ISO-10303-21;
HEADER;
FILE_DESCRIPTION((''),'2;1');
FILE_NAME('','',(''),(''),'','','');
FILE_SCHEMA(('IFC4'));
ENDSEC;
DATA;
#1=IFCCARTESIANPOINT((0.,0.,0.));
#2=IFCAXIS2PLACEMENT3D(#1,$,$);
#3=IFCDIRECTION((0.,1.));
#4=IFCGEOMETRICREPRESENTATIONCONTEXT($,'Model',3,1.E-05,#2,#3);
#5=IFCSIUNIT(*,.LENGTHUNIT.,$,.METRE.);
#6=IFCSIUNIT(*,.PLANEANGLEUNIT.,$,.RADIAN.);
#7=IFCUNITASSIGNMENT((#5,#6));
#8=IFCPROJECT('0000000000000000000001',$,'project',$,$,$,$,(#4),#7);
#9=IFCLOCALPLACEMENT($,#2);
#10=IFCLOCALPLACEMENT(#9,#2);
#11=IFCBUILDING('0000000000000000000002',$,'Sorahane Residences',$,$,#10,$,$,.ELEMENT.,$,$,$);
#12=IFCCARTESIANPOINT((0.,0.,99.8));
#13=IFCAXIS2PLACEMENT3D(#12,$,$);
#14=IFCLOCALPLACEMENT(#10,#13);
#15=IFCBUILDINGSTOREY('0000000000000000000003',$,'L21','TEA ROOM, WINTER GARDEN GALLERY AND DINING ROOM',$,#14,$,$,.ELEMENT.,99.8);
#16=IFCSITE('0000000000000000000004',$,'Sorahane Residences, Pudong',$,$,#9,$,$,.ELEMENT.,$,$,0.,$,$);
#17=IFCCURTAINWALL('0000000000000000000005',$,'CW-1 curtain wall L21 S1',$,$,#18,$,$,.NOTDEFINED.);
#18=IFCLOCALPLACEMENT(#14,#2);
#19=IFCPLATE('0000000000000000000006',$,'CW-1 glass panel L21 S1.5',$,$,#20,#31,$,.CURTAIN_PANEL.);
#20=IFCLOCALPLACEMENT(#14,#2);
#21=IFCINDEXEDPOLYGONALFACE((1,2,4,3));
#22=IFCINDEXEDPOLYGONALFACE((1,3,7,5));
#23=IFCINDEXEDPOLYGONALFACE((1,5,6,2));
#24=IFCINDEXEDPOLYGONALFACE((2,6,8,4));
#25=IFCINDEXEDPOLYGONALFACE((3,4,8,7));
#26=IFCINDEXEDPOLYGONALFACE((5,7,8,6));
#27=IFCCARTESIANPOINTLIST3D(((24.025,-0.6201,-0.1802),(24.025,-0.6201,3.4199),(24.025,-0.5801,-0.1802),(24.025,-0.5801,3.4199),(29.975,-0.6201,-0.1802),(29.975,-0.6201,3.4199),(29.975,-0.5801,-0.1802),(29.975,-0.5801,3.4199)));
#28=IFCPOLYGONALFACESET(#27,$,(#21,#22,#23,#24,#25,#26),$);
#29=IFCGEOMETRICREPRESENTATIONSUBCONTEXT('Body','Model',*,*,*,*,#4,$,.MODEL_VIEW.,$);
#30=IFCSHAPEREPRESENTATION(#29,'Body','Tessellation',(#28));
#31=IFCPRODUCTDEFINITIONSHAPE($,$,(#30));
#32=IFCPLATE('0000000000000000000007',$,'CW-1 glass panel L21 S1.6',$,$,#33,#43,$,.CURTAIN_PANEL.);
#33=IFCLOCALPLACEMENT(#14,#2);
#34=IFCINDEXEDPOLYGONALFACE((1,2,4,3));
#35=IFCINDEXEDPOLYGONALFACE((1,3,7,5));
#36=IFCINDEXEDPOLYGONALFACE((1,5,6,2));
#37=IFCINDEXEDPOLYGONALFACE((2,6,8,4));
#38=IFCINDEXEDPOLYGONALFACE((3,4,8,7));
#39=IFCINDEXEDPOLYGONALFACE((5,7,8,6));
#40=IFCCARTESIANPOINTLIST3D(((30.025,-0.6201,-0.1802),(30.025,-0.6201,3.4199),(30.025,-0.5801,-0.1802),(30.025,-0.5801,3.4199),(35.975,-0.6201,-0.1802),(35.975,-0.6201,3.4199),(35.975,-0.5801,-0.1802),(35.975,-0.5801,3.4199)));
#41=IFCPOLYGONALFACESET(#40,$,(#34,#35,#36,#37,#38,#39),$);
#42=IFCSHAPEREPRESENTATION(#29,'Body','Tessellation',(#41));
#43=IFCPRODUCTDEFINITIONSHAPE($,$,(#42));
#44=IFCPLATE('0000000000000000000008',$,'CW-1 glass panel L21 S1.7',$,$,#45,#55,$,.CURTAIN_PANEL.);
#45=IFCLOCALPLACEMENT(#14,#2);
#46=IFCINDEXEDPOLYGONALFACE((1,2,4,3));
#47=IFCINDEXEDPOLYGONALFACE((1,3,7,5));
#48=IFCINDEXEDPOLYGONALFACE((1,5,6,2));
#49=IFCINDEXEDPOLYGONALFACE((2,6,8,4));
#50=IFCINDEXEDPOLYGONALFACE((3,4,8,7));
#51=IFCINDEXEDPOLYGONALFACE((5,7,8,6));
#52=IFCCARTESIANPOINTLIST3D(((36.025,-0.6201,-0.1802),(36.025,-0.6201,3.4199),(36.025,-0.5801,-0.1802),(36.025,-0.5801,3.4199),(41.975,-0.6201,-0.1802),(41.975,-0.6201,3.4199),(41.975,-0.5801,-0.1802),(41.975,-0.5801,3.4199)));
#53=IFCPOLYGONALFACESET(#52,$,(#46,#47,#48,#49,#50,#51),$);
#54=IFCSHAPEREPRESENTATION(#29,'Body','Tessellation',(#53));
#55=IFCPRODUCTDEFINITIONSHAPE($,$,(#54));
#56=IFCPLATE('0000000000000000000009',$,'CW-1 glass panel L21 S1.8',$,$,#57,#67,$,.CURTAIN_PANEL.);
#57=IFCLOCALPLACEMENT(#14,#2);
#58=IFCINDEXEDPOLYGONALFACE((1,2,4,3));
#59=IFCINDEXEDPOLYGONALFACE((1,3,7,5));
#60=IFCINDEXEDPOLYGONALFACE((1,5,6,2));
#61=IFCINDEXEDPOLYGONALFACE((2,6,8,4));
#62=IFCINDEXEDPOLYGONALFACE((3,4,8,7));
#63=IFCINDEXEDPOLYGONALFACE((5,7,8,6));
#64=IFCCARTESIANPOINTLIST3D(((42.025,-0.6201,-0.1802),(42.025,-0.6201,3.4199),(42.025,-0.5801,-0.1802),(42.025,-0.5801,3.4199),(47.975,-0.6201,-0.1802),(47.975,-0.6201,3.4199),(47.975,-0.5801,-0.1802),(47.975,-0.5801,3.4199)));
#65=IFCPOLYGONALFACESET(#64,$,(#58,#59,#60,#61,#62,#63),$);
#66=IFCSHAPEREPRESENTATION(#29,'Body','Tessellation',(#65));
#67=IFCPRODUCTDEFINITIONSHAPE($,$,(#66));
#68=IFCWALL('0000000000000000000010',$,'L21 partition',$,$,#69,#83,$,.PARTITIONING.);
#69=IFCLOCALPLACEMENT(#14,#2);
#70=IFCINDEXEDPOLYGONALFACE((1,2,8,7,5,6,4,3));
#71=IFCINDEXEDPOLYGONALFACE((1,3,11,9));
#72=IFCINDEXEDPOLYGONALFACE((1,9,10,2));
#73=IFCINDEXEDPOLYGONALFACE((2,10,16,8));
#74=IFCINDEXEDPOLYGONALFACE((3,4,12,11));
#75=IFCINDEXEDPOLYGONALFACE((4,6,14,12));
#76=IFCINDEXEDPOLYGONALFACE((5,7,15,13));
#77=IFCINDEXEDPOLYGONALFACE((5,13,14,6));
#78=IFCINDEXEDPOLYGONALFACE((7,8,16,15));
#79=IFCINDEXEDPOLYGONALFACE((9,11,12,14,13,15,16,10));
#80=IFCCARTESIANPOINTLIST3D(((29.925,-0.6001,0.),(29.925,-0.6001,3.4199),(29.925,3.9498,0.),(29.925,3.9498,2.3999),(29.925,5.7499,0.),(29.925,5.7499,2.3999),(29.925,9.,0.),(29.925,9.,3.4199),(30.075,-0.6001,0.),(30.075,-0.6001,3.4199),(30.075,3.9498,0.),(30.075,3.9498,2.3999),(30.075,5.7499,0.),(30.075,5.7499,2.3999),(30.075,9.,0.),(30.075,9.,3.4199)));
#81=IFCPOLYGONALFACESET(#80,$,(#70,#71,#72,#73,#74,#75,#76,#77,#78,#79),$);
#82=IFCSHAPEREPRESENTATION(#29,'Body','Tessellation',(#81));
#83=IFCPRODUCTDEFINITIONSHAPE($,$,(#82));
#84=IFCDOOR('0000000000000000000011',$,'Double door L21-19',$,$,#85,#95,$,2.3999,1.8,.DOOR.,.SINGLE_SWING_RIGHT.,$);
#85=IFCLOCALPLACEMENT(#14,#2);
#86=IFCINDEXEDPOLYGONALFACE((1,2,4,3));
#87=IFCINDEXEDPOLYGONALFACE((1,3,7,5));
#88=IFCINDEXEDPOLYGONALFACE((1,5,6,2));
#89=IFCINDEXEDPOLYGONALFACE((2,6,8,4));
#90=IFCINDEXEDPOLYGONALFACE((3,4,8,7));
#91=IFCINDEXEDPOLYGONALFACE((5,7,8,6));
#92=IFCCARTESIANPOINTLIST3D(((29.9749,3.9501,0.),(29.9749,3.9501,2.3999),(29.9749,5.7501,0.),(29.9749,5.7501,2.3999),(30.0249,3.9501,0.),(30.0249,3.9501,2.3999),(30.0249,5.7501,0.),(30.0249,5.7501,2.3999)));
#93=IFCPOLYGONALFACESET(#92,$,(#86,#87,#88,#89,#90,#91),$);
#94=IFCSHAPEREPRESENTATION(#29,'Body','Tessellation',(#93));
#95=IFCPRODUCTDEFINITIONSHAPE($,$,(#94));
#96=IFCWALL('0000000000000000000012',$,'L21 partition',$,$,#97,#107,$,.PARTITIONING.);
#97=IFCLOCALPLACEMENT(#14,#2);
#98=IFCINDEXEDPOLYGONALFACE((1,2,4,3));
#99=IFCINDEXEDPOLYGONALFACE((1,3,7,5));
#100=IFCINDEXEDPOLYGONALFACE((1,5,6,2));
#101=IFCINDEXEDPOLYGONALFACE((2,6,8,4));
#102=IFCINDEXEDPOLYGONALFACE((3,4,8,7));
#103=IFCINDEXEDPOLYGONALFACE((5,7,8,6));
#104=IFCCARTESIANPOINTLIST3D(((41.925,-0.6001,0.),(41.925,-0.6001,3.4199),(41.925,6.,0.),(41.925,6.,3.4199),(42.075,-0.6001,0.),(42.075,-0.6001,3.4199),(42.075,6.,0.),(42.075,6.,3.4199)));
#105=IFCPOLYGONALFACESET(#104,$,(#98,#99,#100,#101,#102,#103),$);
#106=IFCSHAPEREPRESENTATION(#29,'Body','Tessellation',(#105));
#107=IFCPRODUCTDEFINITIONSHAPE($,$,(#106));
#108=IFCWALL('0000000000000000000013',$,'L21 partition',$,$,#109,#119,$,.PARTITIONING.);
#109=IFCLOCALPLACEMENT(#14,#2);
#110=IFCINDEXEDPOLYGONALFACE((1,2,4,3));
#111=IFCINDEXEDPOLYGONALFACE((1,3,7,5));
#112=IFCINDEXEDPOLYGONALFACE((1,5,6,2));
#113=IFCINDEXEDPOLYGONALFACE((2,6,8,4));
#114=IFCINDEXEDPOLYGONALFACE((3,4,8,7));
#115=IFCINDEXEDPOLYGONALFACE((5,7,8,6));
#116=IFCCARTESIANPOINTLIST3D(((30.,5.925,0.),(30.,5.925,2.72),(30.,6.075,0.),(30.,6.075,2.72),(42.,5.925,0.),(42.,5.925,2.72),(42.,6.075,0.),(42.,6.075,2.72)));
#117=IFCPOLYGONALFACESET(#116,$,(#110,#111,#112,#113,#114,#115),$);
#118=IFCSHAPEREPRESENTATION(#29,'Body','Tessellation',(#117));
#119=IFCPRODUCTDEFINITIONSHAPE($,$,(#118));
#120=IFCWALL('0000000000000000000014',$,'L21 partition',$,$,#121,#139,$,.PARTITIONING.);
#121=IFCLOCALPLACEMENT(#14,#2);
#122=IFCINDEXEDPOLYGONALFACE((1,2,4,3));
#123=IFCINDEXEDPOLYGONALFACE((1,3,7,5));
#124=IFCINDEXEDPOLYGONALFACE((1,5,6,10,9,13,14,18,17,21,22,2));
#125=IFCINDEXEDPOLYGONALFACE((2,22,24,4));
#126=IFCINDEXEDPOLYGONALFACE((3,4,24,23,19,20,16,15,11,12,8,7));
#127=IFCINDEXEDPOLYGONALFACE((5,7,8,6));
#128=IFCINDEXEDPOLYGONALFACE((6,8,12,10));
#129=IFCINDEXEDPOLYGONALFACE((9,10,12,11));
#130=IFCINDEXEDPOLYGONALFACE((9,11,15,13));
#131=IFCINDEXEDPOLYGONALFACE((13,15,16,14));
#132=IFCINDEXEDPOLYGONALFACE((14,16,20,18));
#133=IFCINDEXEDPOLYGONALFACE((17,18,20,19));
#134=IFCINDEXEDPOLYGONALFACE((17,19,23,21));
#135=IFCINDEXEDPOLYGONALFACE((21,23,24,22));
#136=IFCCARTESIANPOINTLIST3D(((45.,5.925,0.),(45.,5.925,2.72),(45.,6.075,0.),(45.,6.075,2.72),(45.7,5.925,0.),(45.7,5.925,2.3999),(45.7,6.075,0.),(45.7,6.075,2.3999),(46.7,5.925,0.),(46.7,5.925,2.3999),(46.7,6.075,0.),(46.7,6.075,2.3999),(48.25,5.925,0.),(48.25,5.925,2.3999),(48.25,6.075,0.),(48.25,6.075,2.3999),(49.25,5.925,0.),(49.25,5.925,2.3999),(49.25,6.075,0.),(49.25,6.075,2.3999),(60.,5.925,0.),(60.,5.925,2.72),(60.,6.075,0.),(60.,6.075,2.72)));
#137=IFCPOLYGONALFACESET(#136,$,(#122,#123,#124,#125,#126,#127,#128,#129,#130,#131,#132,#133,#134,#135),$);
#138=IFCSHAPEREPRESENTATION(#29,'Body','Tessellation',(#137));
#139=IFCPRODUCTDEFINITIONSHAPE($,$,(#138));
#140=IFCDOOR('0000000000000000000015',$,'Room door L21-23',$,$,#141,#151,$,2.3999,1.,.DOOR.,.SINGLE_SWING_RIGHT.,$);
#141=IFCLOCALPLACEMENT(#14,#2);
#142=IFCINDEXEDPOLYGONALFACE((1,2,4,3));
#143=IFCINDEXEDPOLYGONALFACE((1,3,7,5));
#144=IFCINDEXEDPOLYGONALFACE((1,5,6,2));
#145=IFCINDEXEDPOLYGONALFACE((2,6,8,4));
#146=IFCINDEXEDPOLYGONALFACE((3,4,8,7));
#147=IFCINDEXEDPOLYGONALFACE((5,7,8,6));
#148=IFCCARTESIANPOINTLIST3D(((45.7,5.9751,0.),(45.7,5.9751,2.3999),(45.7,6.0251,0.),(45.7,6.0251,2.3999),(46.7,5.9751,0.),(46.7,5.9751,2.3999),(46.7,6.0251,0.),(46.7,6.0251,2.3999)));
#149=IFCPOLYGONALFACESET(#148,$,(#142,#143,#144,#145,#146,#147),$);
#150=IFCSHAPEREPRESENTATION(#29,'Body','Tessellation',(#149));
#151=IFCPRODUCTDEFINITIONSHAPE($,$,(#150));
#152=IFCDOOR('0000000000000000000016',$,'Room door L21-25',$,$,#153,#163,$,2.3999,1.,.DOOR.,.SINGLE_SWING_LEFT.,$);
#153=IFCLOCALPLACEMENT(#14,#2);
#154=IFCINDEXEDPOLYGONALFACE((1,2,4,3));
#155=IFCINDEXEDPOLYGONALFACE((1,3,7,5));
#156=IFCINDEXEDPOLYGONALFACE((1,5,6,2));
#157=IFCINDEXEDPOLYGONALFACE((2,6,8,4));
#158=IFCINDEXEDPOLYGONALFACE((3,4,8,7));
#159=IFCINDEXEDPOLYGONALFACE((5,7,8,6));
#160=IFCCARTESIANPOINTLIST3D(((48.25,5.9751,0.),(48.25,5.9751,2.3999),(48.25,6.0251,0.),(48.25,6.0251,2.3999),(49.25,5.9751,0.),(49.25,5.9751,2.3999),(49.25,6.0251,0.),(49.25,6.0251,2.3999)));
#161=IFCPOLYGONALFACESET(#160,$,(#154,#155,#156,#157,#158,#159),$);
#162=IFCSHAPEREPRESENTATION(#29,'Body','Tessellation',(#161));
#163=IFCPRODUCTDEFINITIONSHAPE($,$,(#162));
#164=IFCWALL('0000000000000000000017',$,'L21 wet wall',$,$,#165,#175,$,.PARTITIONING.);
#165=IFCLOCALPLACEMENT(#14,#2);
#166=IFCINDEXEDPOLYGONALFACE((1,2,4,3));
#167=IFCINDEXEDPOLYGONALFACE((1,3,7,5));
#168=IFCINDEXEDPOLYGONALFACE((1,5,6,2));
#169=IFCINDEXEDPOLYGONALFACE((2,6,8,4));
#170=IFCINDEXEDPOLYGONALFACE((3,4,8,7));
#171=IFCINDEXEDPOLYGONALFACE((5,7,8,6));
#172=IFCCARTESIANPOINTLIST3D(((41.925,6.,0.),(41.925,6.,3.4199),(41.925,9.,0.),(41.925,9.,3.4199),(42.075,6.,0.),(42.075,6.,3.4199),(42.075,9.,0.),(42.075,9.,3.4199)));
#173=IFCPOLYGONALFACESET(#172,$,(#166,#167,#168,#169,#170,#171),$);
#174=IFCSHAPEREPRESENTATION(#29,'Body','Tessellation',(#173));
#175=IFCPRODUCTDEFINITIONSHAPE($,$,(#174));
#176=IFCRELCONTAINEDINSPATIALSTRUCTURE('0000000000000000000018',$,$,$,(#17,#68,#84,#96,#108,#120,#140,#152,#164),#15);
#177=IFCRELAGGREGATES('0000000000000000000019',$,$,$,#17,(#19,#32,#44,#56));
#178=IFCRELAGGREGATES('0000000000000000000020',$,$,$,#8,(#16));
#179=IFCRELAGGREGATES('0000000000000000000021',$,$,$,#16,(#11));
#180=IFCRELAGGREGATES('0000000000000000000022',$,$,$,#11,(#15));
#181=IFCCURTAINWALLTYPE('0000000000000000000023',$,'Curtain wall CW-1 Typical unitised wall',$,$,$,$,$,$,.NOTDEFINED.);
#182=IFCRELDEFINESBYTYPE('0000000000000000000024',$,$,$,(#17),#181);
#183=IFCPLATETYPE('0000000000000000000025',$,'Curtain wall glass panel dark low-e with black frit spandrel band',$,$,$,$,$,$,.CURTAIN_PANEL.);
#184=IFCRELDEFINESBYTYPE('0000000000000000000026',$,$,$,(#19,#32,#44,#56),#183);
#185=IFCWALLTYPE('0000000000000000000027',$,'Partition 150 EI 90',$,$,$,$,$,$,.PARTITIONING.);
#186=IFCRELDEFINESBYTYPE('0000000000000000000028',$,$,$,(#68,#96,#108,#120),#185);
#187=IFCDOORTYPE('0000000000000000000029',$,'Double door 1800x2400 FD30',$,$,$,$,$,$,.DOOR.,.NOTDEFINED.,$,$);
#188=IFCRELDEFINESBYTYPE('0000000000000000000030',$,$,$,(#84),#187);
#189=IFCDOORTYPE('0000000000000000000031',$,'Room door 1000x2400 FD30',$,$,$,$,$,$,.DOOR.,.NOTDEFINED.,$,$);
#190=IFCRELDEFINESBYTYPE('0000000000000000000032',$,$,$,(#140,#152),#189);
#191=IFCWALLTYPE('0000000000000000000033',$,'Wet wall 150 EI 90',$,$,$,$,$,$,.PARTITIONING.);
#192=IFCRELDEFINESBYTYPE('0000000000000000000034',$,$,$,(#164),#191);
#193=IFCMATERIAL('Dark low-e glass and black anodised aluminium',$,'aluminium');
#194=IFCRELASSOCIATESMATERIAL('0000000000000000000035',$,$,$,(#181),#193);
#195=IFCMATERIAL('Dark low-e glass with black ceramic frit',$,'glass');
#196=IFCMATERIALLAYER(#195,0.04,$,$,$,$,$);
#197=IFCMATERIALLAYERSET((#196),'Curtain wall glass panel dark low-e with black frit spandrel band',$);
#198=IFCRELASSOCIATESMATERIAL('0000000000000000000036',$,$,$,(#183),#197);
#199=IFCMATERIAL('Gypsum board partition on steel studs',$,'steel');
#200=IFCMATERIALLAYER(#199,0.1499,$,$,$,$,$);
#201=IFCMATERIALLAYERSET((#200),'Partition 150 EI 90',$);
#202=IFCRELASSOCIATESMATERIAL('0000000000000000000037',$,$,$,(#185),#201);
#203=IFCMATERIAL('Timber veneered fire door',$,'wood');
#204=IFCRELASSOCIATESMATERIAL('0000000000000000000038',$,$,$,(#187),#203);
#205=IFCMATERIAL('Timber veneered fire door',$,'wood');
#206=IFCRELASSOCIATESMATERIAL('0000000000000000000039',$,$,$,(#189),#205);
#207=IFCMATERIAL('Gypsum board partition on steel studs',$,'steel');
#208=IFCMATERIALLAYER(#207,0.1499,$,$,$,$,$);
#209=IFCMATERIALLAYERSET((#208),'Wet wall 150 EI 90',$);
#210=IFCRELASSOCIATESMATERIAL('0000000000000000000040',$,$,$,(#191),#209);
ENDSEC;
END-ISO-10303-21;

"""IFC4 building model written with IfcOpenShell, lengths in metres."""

from ifc_helpers import new_model, si_unit, direction, frame, frame_2d, origin, origin_2d, place, context, subcontext, project, spatial, rectangle, extrude, material, layer, layer_set, type_object, element, fill, aggregate, save


model = new_model("IFC4")

# Units and contexts
model_context = context("Model", 3, precision=1e-05, world=origin(), true_north=direction((0.0, 1.0)))
body_context = subcontext(model_context, "Body", "Model", "MODEL_VIEW")
ifc_project = project(units=[si_unit("LENGTHUNIT", "METRE"), si_unit("PLANEANGLEUNIT", "RADIAN")], contexts=[model_context])

# Site, building, storey
site_placement = place(None, origin())
site = spatial("IfcSite", under=ifc_project, at=site_placement, Name="Sorahane Residences, Pudong", CompositionType="ELEMENT", RefElevation=0.0)
building_placement = place(site_placement, origin())
building = spatial("IfcBuilding", under=site, at=building_placement, Name="Sorahane Residences", CompositionType="ELEMENT")
storey_placement = place(building_placement, frame((0.0, 0.0, 99.8)))
storey = spatial("IfcBuildingStorey", under=building, at=storey_placement, Name="L21", Description="TEA ROOM, WINTER GARDEN GALLERY AND DINING ROOM", CompositionType="ELEMENT", Elevation=99.8)

# Curtain wall
ifc_material_1 = material(Name="Dark low-e glass and black anodised aluminium", Category="aluminium")
curtain_wall_type = type_object("IfcCurtainWallType", Name="Curtain wall CW-1 Typical unitised wall", PredefinedType="NOTDEFINED", material=ifc_material_1)
curtain_wall_placement = place(storey_placement, origin())
curtain_wall = element("IfcCurtainWall", 1, at=curtain_wall_placement, inside=storey, type_object=curtain_wall_type, Name="CW-1 curtain wall L21 S1", PredefinedType="NOTDEFINED")

# Plates
ifc_material_2 = material(Name="Dark low-e glass with black ceramic frit", Category="glass")
ifc_layer_1 = layer(ifc_material_2, 0.04)
ifc_layer_set_1 = layer_set([ifc_layer_1], Name="Curtain wall glass panel dark low-e with black frit spandrel band")
plate_type = type_object("IfcPlateType", Name="Curtain wall glass panel dark low-e with black frit spandrel band", PredefinedType="CURTAIN_PANEL", material=ifc_layer_set_1)
plate_1_placement = place(storey_placement, frame((27.0, -0.6001, -0.1802), z_axis=(0.0, 0.0, 1.0), x_axis=(1.0, 0.0, 0.0)))
plate_1 = element("IfcPlate", 2, at=plate_1_placement, type_object=plate_type, Name="CW-1 glass panel L21 S1.5", PredefinedType="CURTAIN_PANEL", context=body_context, shape_type="SweptSolid", body=[
    extrude(rectangle(XDim=5.95, YDim=0.04, at=origin_2d()), origin(), (0.0, 0.0, 1.0), 3.6001),
])
plate_2_placement = place(storey_placement, frame((33.0, -0.6001, -0.1802), z_axis=(0.0, 0.0, 1.0), x_axis=(1.0, 0.0, 0.0)))
plate_2 = element("IfcPlate", 3, at=plate_2_placement, type_object=plate_type, Name="CW-1 glass panel L21 S1.6", PredefinedType="CURTAIN_PANEL", context=body_context, shape_type="SweptSolid", body=[
    extrude(rectangle(XDim=5.95, YDim=0.04, at=origin_2d()), origin(), (0.0, 0.0, 1.0), 3.6001),
])
plate_3_placement = place(storey_placement, frame((39.0, -0.6001, -0.1802), z_axis=(0.0, 0.0, 1.0), x_axis=(1.0, 0.0, 0.0)))
plate_3 = element("IfcPlate", 4, at=plate_3_placement, type_object=plate_type, Name="CW-1 glass panel L21 S1.7", PredefinedType="CURTAIN_PANEL", context=body_context, shape_type="SweptSolid", body=[
    extrude(rectangle(XDim=5.95, YDim=0.04, at=origin_2d()), origin(), (0.0, 0.0, 1.0), 3.6001),
])
plate_4_placement = place(storey_placement, frame((45.0, -0.6001, -0.1802), z_axis=(0.0, 0.0, 1.0), x_axis=(1.0, 0.0, 0.0)))
plate_4 = element("IfcPlate", 5, at=plate_4_placement, type_object=plate_type, Name="CW-1 glass panel L21 S1.8", PredefinedType="CURTAIN_PANEL", context=body_context, shape_type="SweptSolid", body=[
    extrude(rectangle(XDim=5.95, YDim=0.04, at=origin_2d()), origin(), (0.0, 0.0, 1.0), 3.6001),
])
aggregate(curtain_wall, [plate_1, plate_2, plate_3, plate_4])

# Wall, opening, door
ifc_material_3 = material(Name="Gypsum board partition on steel studs", Category="steel")
ifc_layer_2 = layer(ifc_material_3, 0.1499)
ifc_layer_set_2 = layer_set([ifc_layer_2], Name="Partition 150 EI 90")
wall_type_1 = type_object("IfcWallType", Name="Partition 150 EI 90", PredefinedType="PARTITIONING", material=ifc_layer_set_2)
wall_1_placement = place(storey_placement, frame((30.0, -0.6001, 0.0), z_axis=(0.0, 0.0, 1.0), x_axis=(0.0, 1.0, 0.0)))
wall_1 = element("IfcWall", 6, at=wall_1_placement, inside=storey, type_object=wall_type_1, Name="L21 partition", PredefinedType="PARTITIONING", context=body_context, shape_type="SweptSolid", body=[
    extrude(rectangle(XDim=9.6001, YDim=0.1499, at=frame_2d((4.8, 0.0))), origin(), (0.0, 0.0, 1.0), 3.4199),
])
opening_1_placement = place(wall_1_placement, frame((4.55, 0.0, 0.0)))
opening_1 = element("IfcOpeningElement", 7, at=opening_1_placement, cuts=wall_1, PredefinedType="OPENING", context=body_context, shape_type="SweptSolid", body=[
    extrude(rectangle(XDim=1.8, YDim=2.3999, at=frame_2d((0.8999, 1.2))), frame((0.0, 0.085, 0.0), z_axis=(0.0, -1.0, 0.0), x_axis=(1.0, 0.0, 0.0)), (0.0, 0.0, 1.0), 0.1699),
])
ifc_material_4 = material(Name="Timber veneered fire door", Category="wood")
door_type_1 = type_object("IfcDoorType", Name="Double door 1800x2400 FD30", OperationType="NOTDEFINED", PredefinedType="DOOR", material=ifc_material_4)
door_1_placement = place(opening_1_placement, frame((1.8, 0.0, 0.0), z_axis=(0.0, 0.0, 1.0), x_axis=(-1.0, 0.0, 0.0)))
door_1 = element("IfcDoor", 8, at=door_1_placement, inside=storey, type_object=door_type_1, Name="Double door L21-19", OperationType="SINGLE_SWING_RIGHT", OverallHeight=2.3999, OverallWidth=1.8, PredefinedType="DOOR", context=body_context, shape_type="SweptSolid", body=[
    extrude(rectangle(XDim=1.8, YDim=2.3999, at=frame_2d((0.8999, 1.2))), frame((0.0, 0.0249, 0.0), z_axis=(0.0, -1.0, 0.0), x_axis=(1.0, 0.0, 0.0)), (0.0, 0.0, 1.0), 0.05),
])
fill(opening_1, door_1)

# Walls
wall_2_placement = place(storey_placement, frame((42.0, -0.6001, 0.0), z_axis=(0.0, 0.0, 1.0), x_axis=(0.0, 1.0, 0.0)))
element("IfcWall", 9, at=wall_2_placement, inside=storey, type_object=wall_type_1, Name="L21 partition", PredefinedType="PARTITIONING", context=body_context, shape_type="SweptSolid", body=[
    extrude(rectangle(XDim=6.6001, YDim=0.1499, at=frame_2d((3.3, 0.0))), origin(), (0.0, 0.0, 1.0), 3.4199),
])
wall_3_placement = place(storey_placement, frame((30.0, 6.0, 0.0), z_axis=(0.0, 0.0, 1.0), x_axis=(1.0, 0.0, 0.0)))
element("IfcWall", 10, at=wall_3_placement, inside=storey, type_object=wall_type_1, Name="L21 partition", PredefinedType="PARTITIONING", context=body_context, shape_type="SweptSolid", body=[
    extrude(rectangle(XDim=12.0, YDim=0.1499, at=frame_2d((6.0, 0.0))), origin(), (0.0, 0.0, 1.0), 2.72),
])

# Wall, openings, doors
wall_4_placement = place(storey_placement, frame((45.0, 6.0, 0.0), z_axis=(0.0, 0.0, 1.0), x_axis=(1.0, 0.0, 0.0)))
wall_4 = element("IfcWall", 11, at=wall_4_placement, inside=storey, type_object=wall_type_1, Name="L21 partition", PredefinedType="PARTITIONING", context=body_context, shape_type="SweptSolid", body=[
    extrude(rectangle(XDim=15.0, YDim=0.1499, at=frame_2d((7.5, 0.0))), origin(), (0.0, 0.0, 1.0), 2.72),
])
opening_2_placement = place(wall_4_placement, frame((0.7, 0.0, 0.0)))
opening_2 = element("IfcOpeningElement", 12, at=opening_2_placement, cuts=wall_4, PredefinedType="OPENING", context=body_context, shape_type="SweptSolid", body=[
    extrude(rectangle(XDim=1.0, YDim=2.3999, at=frame_2d((0.5, 1.2))), frame((0.0, 0.085, 0.0), z_axis=(0.0, -1.0, 0.0), x_axis=(1.0, 0.0, 0.0)), (0.0, 0.0, 1.0), 0.1699),
])
opening_3_placement = place(wall_4_placement, frame((3.25, 0.0, 0.0)))
opening_3 = element("IfcOpeningElement", 13, at=opening_3_placement, cuts=wall_4, PredefinedType="OPENING", context=body_context, shape_type="SweptSolid", body=[
    extrude(rectangle(XDim=1.0, YDim=2.3999, at=frame_2d((0.5, 1.2))), frame((0.0, 0.085, 0.0), z_axis=(0.0, -1.0, 0.0), x_axis=(1.0, 0.0, 0.0)), (0.0, 0.0, 1.0), 0.1699),
])
ifc_material_5 = material(Name="Timber veneered fire door", Category="wood")
door_type_2 = type_object("IfcDoorType", Name="Room door 1000x2400 FD30", OperationType="NOTDEFINED", PredefinedType="DOOR", material=ifc_material_5)
door_2_placement = place(opening_2_placement, frame((1.0, 0.0, 0.0), z_axis=(0.0, 0.0, 1.0), x_axis=(-1.0, 0.0, 0.0)))
door_2 = element("IfcDoor", 14, at=door_2_placement, inside=storey, type_object=door_type_2, Name="Room door L21-23", OperationType="SINGLE_SWING_RIGHT", OverallHeight=2.3999, OverallWidth=1.0, PredefinedType="DOOR", context=body_context, shape_type="SweptSolid", body=[
    extrude(rectangle(XDim=1.0, YDim=2.3999, at=frame_2d((0.5, 1.2))), frame((0.0, 0.0249, 0.0), z_axis=(0.0, -1.0, 0.0), x_axis=(1.0, 0.0, 0.0)), (0.0, 0.0, 1.0), 0.05),
])
fill(opening_2, door_2)
door_3_placement = place(opening_3_placement, frame((1.0, 0.0, 0.0), z_axis=(0.0, 0.0, 1.0), x_axis=(-1.0, 0.0, 0.0)))
door_3 = element("IfcDoor", 15, at=door_3_placement, inside=storey, type_object=door_type_2, Name="Room door L21-25", OperationType="SINGLE_SWING_LEFT", OverallHeight=2.3999, OverallWidth=1.0, PredefinedType="DOOR", context=body_context, shape_type="SweptSolid", body=[
    extrude(rectangle(XDim=1.0, YDim=2.3999, at=frame_2d((0.5, 1.2))), frame((0.0, 0.0249, 0.0), z_axis=(0.0, -1.0, 0.0), x_axis=(1.0, 0.0, 0.0)), (0.0, 0.0, 1.0), 0.05),
])
fill(opening_3, door_3)

# Wall
ifc_material_6 = material(Name="Gypsum board partition on steel studs", Category="steel")
ifc_layer_3 = layer(ifc_material_6, 0.1499)
ifc_layer_set_3 = layer_set([ifc_layer_3], Name="Wet wall 150 EI 90")
wall_type_2 = type_object("IfcWallType", Name="Wet wall 150 EI 90", PredefinedType="PARTITIONING", material=ifc_layer_set_3)
for number, where, z_axis, x_axis, name in (
    (16, (42.0, 6.0, 0.0), (0.0, 0.0, 1.0), (0.0, 1.0, 0.0), "L21 wet wall"),
):
    element("IfcWall", number, at=place(storey_placement, frame(where, z_axis=z_axis, x_axis=x_axis)), inside=storey, type_object=wall_type_2, Name=name, PredefinedType="PARTITIONING", context=body_context, shape_type="SweptSolid", body=[
        extrude(rectangle(XDim=3.0, YDim=0.1499, at=frame_2d((1.5, 0.0))), origin(), (0.0, 0.0, 1.0), 3.4199),
    ])

save(model, "model.ifc")
